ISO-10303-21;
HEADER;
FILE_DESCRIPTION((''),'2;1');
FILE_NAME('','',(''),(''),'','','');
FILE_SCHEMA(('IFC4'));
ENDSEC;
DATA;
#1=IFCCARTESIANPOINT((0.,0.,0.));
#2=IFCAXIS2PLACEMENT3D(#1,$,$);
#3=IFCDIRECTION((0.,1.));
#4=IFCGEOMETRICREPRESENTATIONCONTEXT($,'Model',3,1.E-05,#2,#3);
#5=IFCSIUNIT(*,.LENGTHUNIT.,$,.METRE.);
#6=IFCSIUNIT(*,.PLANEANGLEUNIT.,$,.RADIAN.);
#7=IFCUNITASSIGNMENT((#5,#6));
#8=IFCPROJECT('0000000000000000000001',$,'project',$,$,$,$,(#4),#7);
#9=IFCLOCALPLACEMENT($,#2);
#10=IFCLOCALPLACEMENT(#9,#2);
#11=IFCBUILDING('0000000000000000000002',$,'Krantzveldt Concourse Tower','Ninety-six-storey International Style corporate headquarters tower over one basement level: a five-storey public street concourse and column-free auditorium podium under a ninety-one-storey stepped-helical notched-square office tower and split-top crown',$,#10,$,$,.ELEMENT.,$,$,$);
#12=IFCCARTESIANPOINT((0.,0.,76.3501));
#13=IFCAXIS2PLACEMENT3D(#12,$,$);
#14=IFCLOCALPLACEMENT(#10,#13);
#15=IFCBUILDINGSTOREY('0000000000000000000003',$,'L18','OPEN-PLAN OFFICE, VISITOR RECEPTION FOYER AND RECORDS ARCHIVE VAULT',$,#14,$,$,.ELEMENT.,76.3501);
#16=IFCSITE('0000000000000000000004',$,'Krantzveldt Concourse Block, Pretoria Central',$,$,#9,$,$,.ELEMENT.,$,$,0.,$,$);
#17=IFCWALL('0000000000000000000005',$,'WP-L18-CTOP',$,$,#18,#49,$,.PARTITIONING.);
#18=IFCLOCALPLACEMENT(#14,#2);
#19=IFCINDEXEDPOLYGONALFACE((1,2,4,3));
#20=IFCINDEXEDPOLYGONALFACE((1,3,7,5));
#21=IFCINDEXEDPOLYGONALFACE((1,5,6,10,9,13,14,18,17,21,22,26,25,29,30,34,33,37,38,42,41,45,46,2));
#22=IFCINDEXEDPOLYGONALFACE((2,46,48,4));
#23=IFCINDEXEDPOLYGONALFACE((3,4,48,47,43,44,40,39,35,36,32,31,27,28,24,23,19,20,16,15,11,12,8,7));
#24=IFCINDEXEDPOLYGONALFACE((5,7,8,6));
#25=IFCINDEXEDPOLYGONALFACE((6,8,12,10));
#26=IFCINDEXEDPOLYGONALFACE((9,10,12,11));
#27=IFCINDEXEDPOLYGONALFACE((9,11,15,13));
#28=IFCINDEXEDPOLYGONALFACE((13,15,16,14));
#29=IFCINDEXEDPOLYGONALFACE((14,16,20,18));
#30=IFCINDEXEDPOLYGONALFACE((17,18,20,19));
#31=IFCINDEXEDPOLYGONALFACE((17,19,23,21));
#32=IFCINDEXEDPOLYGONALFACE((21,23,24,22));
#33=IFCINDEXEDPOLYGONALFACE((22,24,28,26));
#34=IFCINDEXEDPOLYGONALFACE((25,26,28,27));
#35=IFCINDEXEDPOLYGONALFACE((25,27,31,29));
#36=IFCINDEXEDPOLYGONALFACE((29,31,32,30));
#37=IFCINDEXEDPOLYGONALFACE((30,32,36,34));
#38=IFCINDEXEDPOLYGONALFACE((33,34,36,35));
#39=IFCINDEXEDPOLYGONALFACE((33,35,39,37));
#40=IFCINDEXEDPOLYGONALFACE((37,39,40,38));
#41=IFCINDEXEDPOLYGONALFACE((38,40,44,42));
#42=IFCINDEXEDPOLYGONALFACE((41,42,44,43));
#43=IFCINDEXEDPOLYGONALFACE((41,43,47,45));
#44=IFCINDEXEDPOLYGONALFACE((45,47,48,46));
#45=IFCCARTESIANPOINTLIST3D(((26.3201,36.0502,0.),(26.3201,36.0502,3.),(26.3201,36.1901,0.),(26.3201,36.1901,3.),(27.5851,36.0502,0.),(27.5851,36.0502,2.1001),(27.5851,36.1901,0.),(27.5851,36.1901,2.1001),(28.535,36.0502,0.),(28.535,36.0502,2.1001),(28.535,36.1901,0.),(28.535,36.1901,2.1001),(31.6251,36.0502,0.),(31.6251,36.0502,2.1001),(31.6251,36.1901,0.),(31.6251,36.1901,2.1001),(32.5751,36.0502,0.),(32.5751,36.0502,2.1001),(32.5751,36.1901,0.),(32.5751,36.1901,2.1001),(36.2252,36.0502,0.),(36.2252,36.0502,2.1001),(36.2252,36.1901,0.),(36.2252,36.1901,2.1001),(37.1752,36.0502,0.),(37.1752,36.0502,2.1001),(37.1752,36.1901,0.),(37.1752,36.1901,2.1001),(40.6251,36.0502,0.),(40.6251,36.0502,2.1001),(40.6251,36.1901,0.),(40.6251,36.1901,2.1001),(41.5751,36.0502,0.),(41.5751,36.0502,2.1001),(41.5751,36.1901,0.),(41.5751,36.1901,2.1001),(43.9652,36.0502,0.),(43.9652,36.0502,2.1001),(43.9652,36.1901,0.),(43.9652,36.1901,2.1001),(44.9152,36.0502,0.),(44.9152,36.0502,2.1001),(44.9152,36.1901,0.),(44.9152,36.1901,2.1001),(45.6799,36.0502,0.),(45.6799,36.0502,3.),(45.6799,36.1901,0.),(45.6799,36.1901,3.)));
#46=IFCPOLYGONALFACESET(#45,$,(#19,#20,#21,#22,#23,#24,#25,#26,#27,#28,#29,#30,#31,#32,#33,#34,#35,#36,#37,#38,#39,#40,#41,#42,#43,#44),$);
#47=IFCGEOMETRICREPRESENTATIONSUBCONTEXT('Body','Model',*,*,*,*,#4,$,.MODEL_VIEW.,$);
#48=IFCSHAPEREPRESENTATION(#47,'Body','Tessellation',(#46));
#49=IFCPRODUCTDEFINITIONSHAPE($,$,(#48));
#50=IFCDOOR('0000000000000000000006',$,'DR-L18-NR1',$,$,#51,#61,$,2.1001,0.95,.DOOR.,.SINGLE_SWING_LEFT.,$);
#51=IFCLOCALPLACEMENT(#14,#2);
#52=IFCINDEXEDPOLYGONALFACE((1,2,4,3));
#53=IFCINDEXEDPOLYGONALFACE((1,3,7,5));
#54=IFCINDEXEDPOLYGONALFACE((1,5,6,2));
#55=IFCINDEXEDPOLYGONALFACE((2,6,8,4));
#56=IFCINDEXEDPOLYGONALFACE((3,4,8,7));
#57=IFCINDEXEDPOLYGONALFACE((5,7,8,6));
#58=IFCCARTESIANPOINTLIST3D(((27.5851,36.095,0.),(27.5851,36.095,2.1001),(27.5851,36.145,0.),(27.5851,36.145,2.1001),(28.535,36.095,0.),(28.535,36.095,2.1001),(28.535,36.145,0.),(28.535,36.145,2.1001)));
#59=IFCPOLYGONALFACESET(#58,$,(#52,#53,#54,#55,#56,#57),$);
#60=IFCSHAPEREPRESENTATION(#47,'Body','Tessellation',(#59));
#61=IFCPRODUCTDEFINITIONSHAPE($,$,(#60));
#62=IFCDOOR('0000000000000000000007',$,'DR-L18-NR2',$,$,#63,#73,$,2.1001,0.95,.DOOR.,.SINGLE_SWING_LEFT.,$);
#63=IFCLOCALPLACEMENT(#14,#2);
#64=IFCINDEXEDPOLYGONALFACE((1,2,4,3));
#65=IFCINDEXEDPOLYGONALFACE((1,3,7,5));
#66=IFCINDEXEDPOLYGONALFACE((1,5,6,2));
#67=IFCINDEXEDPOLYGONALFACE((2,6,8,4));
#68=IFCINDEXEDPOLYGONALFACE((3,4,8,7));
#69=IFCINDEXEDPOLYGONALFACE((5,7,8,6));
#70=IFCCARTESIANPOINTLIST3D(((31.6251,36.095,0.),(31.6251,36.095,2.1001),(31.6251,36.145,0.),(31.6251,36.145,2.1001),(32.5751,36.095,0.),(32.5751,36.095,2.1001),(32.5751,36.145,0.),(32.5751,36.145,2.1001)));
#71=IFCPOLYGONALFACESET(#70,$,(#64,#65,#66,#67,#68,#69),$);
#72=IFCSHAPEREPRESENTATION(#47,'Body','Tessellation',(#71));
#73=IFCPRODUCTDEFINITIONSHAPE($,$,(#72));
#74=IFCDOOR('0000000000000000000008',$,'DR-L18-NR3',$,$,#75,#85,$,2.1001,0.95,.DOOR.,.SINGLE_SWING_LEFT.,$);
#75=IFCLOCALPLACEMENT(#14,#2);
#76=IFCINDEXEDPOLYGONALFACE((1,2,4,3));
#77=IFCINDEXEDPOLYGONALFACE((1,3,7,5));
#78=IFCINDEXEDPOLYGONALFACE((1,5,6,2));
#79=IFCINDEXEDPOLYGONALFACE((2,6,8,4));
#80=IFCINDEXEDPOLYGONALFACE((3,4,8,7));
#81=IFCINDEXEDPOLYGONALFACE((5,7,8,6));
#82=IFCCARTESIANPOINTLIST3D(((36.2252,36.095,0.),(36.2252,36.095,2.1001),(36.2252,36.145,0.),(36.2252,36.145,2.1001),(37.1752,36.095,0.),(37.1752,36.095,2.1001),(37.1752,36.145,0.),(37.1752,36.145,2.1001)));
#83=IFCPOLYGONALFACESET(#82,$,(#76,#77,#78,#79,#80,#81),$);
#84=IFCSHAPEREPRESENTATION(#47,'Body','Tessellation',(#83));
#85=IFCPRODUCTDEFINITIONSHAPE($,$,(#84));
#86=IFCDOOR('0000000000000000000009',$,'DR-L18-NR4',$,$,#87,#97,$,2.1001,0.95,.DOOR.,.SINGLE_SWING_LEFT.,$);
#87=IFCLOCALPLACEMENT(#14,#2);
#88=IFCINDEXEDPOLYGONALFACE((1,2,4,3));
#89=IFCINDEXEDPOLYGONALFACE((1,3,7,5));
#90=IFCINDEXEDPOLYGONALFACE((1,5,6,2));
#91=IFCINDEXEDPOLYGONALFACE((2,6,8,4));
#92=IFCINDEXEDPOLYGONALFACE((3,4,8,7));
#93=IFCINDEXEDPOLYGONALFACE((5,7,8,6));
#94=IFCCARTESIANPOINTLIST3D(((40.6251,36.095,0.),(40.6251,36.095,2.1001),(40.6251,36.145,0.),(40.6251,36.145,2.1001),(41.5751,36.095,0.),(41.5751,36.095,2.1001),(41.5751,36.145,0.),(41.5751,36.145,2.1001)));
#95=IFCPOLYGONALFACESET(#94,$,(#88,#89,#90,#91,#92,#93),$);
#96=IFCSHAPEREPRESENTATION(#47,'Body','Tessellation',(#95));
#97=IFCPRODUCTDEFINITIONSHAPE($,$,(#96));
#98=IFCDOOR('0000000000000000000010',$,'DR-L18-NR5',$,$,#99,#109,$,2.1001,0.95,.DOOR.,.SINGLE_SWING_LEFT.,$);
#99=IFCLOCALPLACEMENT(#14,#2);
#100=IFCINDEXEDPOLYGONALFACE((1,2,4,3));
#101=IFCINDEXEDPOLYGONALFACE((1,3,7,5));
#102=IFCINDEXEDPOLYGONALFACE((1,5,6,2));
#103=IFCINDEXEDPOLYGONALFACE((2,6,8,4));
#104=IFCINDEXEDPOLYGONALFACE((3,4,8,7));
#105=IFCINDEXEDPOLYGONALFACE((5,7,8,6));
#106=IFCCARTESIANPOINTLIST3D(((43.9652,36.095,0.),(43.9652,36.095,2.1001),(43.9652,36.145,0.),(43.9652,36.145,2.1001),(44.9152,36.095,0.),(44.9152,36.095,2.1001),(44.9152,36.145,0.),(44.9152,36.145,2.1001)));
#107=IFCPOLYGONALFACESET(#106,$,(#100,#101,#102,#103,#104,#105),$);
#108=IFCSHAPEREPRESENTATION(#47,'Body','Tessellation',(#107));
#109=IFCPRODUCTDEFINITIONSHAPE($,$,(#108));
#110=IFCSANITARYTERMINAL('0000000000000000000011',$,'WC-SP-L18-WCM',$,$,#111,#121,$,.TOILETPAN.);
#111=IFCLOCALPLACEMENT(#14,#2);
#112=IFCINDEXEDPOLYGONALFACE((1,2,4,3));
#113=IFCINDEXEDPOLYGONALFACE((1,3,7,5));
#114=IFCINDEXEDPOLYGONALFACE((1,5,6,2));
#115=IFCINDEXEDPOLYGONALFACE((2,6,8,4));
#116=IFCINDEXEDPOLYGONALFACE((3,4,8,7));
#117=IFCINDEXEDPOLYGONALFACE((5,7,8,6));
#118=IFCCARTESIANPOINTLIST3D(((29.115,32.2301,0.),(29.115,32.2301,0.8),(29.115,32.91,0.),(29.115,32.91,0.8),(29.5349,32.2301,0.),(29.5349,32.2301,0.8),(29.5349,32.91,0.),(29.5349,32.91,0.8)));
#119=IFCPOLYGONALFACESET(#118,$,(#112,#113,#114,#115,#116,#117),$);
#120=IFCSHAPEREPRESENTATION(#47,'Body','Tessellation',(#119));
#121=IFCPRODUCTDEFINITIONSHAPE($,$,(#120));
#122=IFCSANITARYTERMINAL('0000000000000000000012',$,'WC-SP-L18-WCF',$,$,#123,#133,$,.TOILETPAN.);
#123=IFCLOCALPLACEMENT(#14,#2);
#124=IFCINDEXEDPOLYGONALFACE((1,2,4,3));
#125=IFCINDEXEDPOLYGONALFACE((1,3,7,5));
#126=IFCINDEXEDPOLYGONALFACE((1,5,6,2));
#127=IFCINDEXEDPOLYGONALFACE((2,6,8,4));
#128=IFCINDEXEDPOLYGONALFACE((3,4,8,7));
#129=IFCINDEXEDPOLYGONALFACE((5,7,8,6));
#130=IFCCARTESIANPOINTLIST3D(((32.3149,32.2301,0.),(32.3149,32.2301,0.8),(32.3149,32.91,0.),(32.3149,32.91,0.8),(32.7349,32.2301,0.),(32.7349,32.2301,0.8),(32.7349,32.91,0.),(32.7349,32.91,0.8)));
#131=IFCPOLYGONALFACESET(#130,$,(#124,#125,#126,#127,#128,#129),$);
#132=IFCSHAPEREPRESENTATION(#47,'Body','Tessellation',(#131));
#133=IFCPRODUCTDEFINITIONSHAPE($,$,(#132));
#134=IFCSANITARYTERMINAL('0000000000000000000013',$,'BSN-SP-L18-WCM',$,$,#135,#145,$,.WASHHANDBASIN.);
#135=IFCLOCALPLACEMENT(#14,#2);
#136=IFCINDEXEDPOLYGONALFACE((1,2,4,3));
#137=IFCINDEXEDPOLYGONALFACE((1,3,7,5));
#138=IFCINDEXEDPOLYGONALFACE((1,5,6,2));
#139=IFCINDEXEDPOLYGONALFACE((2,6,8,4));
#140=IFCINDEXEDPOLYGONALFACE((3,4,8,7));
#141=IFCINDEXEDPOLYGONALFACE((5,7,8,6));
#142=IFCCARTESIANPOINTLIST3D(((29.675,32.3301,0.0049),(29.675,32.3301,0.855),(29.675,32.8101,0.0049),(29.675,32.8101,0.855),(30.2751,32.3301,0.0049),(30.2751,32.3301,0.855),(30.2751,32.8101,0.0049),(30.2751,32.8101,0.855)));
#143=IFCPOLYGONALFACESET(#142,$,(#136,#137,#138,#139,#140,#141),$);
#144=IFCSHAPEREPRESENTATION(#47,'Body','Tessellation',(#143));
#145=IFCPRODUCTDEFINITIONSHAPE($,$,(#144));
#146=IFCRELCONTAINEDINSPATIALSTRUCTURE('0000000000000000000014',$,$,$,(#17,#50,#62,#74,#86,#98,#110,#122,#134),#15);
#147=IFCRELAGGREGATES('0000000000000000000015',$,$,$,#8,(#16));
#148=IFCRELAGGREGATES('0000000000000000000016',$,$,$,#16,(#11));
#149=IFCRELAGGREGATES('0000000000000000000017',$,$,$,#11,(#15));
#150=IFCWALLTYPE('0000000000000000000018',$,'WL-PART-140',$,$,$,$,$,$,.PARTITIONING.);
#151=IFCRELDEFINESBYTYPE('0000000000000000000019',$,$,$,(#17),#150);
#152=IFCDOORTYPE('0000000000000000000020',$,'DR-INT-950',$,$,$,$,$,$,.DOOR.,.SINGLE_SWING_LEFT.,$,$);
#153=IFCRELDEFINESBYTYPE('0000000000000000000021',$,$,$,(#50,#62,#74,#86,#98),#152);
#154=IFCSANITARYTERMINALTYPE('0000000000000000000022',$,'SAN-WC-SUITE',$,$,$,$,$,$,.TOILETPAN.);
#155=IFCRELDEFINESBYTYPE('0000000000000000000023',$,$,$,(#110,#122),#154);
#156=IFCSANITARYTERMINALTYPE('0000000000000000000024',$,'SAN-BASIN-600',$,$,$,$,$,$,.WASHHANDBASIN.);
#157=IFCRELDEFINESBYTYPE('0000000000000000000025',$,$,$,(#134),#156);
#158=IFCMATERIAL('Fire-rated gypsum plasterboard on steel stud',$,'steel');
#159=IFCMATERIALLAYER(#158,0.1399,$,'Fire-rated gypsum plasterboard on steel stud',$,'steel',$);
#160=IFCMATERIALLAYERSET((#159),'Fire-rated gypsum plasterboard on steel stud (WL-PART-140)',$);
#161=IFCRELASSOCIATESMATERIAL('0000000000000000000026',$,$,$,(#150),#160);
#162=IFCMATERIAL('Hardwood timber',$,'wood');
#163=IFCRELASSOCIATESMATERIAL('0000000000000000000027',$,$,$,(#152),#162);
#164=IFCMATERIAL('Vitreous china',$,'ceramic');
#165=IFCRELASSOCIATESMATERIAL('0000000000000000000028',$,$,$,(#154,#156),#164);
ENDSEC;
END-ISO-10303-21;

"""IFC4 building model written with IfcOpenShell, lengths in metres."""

from ifc_helpers import new_model, si_unit, direction, frame, frame_2d, origin, origin_2d, place, context, subcontext, project, spatial, rectangle, extrude, source, transform, mapped, material, layer, layer_set, type_object, type_shapes, element, fill, save


model = new_model("IFC4")

# Units and contexts
model_context = context("Model", 3, precision=1e-05, world=origin(), true_north=direction((0.0, 1.0)))
body_context = subcontext(model_context, "Body", "Model", "MODEL_VIEW")
ifc_project = project(units=[si_unit("LENGTHUNIT", "METRE"), si_unit("PLANEANGLEUNIT", "RADIAN")], contexts=[model_context])

# Site, building, storey
site_placement = place(None, origin())
site = spatial("IfcSite", under=ifc_project, at=site_placement, Name="Krantzveldt Concourse Block, Pretoria Central", CompositionType="ELEMENT", RefElevation=0.0)
building_placement = place(site_placement, origin())
building = spatial("IfcBuilding", under=site, at=building_placement, Name="Krantzveldt Concourse Tower", Description="Ninety-six-storey International Style corporate headquarters tower over one basement level: a five-storey public street concourse and column-free auditorium podium under a ninety-one-storey stepped-helical notched-square office tower and split-top crown", CompositionType="ELEMENT")
storey_placement = place(building_placement, frame((0.0, 0.0, 76.3501)))
storey = spatial("IfcBuildingStorey", under=building, at=storey_placement, Name="L18", Description="OPEN-PLAN OFFICE, VISITOR RECEPTION FOYER AND RECORDS ARCHIVE VAULT", CompositionType="ELEMENT", Elevation=76.3501)

# Shared definitions
ifc_material_1 = material(Name="Fire-rated gypsum plasterboard on steel stud", Category="steel")

# Wall, openings, doors
ifc_layer_1 = layer(ifc_material_1, 0.1399, Name="Fire-rated gypsum plasterboard on steel stud", Category="steel")
ifc_layer_set_1 = layer_set([ifc_layer_1], Name="Fire-rated gypsum plasterboard on steel stud (WL-PART-140)")
wall_type_1 = type_object("IfcWallType", Name="WL-PART-140", PredefinedType="PARTITIONING", material=ifc_layer_set_1)
ifc_material_2 = material(Name="Hardwood timber", Category="wood")
door_type_1 = type_object("IfcDoorType", Name="DR-INT-950", OperationType="SINGLE_SWING_LEFT", PredefinedType="DOOR", material=ifc_material_2)
wall_1_placement = place(storey_placement, frame((26.3201, 36.1201, 0.0), z_axis=(0.0, 0.0, 1.0), x_axis=(1.0, 0.0, 0.0)))
wall_1 = element("IfcWall", 1, at=wall_1_placement, inside=storey, type_object=wall_type_1, Name="WP-L18-CTOP", PredefinedType="PARTITIONING", context=body_context, shape_type="SweptSolid", body=[
    extrude(rectangle(XDim=19.3599, YDim=0.1399, at=frame_2d((9.6799, 0.0))), origin(), (0.0, 0.0, 1.0), 3.0),
])
opening_1_placement = place(wall_1_placement, frame((1.2649, 0.0, 0.0)))
opening_1 = element("IfcOpeningElement", 2, at=opening_1_placement, cuts=wall_1, PredefinedType="OPENING", context=body_context, shape_type="SweptSolid", body=[
    extrude(rectangle(XDim=0.95, YDim=2.1001, at=frame_2d((0.4751, 1.05))), frame((0.0, 0.0801, 0.0), z_axis=(0.0, -1.0, 0.0), x_axis=(1.0, 0.0, 0.0)), (0.0, 0.0, 1.0), 0.1599),
])
opening_2_placement = place(wall_1_placement, frame((5.3049, 0.0, 0.0)))
opening_2 = element("IfcOpeningElement", 3, at=opening_2_placement, cuts=wall_1, PredefinedType="OPENING", context=body_context, shape_type="SweptSolid", body=[
    extrude(rectangle(XDim=0.95, YDim=2.1001, at=frame_2d((0.4751, 1.05))), frame((0.0, 0.0801, 0.0), z_axis=(0.0, -1.0, 0.0), x_axis=(1.0, 0.0, 0.0)), (0.0, 0.0, 1.0), 0.1599),
])
opening_3_placement = place(wall_1_placement, frame((9.905, 0.0, 0.0)))
opening_3 = element("IfcOpeningElement", 4, at=opening_3_placement, cuts=wall_1, PredefinedType="OPENING", context=body_context, shape_type="SweptSolid", body=[
    extrude(rectangle(XDim=0.95, YDim=2.1001, at=frame_2d((0.4751, 1.05))), frame((0.0, 0.0801, 0.0), z_axis=(0.0, -1.0, 0.0), x_axis=(1.0, 0.0, 0.0)), (0.0, 0.0, 1.0), 0.1599),
])
opening_4_placement = place(wall_1_placement, frame((14.3049, 0.0, 0.0)))
opening_4 = element("IfcOpeningElement", 5, at=opening_4_placement, cuts=wall_1, PredefinedType="OPENING", context=body_context, shape_type="SweptSolid", body=[
    extrude(rectangle(XDim=0.95, YDim=2.1001, at=frame_2d((0.4751, 1.05))), frame((0.0, 0.0801, 0.0), z_axis=(0.0, -1.0, 0.0), x_axis=(1.0, 0.0, 0.0)), (0.0, 0.0, 1.0), 0.1599),
])
opening_5_placement = place(wall_1_placement, frame((17.645, 0.0, 0.0)))
opening_5 = element("IfcOpeningElement", 6, at=opening_5_placement, cuts=wall_1, PredefinedType="OPENING", context=body_context, shape_type="SweptSolid", body=[
    extrude(rectangle(XDim=0.95, YDim=2.1001, at=frame_2d((0.4751, 1.05))), frame((0.0, 0.0801, 0.0), z_axis=(0.0, -1.0, 0.0), x_axis=(1.0, 0.0, 0.0)), (0.0, 0.0, 1.0), 0.1599),
])
door_1_placement = place(opening_1_placement, origin())
door_1 = element("IfcDoor", 7, at=door_1_placement, inside=storey, type_object=door_type_1, Name="DR-L18-NR1", OperationType="SINGLE_SWING_LEFT", OverallHeight=2.1001, OverallWidth=0.95, PredefinedType="DOOR", context=body_context, shape_type="SweptSolid", body=[
    extrude(rectangle(XDim=0.95, YDim=2.1001, at=frame_2d((0.4751, 1.05))), frame((0.0, 0.0249, 0.0), z_axis=(0.0, -1.0, 0.0), x_axis=(1.0, 0.0, 0.0)), (0.0, 0.0, 1.0), 0.05),
])
fill(opening_1, door_1)
door_2_placement = place(opening_2_placement, origin())
door_2 = element("IfcDoor", 8, at=door_2_placement, inside=storey, type_object=door_type_1, Name="DR-L18-NR2", OperationType="SINGLE_SWING_LEFT", OverallHeight=2.1001, OverallWidth=0.95, PredefinedType="DOOR", context=body_context, shape_type="SweptSolid", body=[
    extrude(rectangle(XDim=0.95, YDim=2.1001, at=frame_2d((0.4751, 1.05))), frame((0.0, 0.0249, 0.0), z_axis=(0.0, -1.0, 0.0), x_axis=(1.0, 0.0, 0.0)), (0.0, 0.0, 1.0), 0.05),
])
fill(opening_2, door_2)
door_3_placement = place(opening_3_placement, origin())
door_3 = element("IfcDoor", 9, at=door_3_placement, inside=storey, type_object=door_type_1, Name="DR-L18-NR3", OperationType="SINGLE_SWING_LEFT", OverallHeight=2.1001, OverallWidth=0.95, PredefinedType="DOOR", context=body_context, shape_type="SweptSolid", body=[
    extrude(rectangle(XDim=0.95, YDim=2.1001, at=frame_2d((0.4751, 1.05))), frame((0.0, 0.0249, 0.0), z_axis=(0.0, -1.0, 0.0), x_axis=(1.0, 0.0, 0.0)), (0.0, 0.0, 1.0), 0.05),
])
fill(opening_3, door_3)
door_4_placement = place(opening_4_placement, origin())
door_4 = element("IfcDoor", 10, at=door_4_placement, inside=storey, type_object=door_type_1, Name="DR-L18-NR4", OperationType="SINGLE_SWING_LEFT", OverallHeight=2.1001, OverallWidth=0.95, PredefinedType="DOOR", context=body_context, shape_type="SweptSolid", body=[
    extrude(rectangle(XDim=0.95, YDim=2.1001, at=frame_2d((0.4751, 1.05))), frame((0.0, 0.0249, 0.0), z_axis=(0.0, -1.0, 0.0), x_axis=(1.0, 0.0, 0.0)), (0.0, 0.0, 1.0), 0.05),
])
fill(opening_4, door_4)
door_5_placement = place(opening_5_placement, origin())
door_5 = element("IfcDoor", 11, at=door_5_placement, inside=storey, type_object=door_type_1, Name="DR-L18-NR5", OperationType="SINGLE_SWING_LEFT", OverallHeight=2.1001, OverallWidth=0.95, PredefinedType="DOOR", context=body_context, shape_type="SweptSolid", body=[
    extrude(rectangle(XDim=0.95, YDim=2.1001, at=frame_2d((0.4751, 1.05))), frame((0.0, 0.0249, 0.0), z_axis=(0.0, -1.0, 0.0), x_axis=(1.0, 0.0, 0.0)), (0.0, 0.0, 1.0), 0.05),
])
fill(opening_5, door_5)

# Sanitary terminals
ifc_material_3 = material(Name="Vitreous china", Category="ceramic")
sanitary_terminal_type_1 = type_object("IfcSanitaryTerminalType", Name="SAN-WC-SUITE", PredefinedType="TOILETPAN", material=ifc_material_3)
shared_shape_1 = source(origin(), body_context, "Body", "SweptSolid", [
    extrude(rectangle(XDim=0.4199, YDim=0.6799, at=origin_2d()), origin(), (0.0, 0.0, 1.0), 0.8),
])
type_shapes(sanitary_terminal_type_1, [shared_shape_1])
for number, where, z_axis, x_axis, name in (
    (12, (29.325, 32.5701, 0.0), (0.0, 0.0, 1.0), (1.0, 0.0, 0.0), "WC-SP-L18-WCM"),
    (13, (32.5249, 32.5701, 0.0), (0.0, 0.0, 1.0), (1.0, 0.0, 0.0), "WC-SP-L18-WCF"),
):
    element("IfcSanitaryTerminal", number, at=place(storey_placement, frame(where, z_axis=z_axis, x_axis=x_axis)), inside=storey, type_object=sanitary_terminal_type_1, Name=name, PredefinedType="TOILETPAN", context=body_context, shape_type="MappedRepresentation", body=[
        mapped(shared_shape_1, transform((0.0, 0.0, 0.0), x_axis=(1.0, 0.0, 0.0), y_axis=(0.0, 1.0, 0.0), z_axis=(0.0, 0.0, 1.0), scale=1.0)),
    ])
sanitary_terminal_type_2 = type_object("IfcSanitaryTerminalType", Name="SAN-BASIN-600", PredefinedType="WASHHANDBASIN", material=ifc_material_3)
shared_shape_2 = source(origin(), body_context, "Body", "SweptSolid", [
    extrude(rectangle(XDim=0.6001, YDim=0.48, at=origin_2d()), origin(), (0.0, 0.0, 1.0), 0.8501),
])
type_shapes(sanitary_terminal_type_2, [shared_shape_2])
sanitary_terminal_placement = place(storey_placement, frame((29.9751, 32.5701, 0.0049), z_axis=(0.0, 0.0, 1.0), x_axis=(1.0, 0.0, 0.0)))
element("IfcSanitaryTerminal", 14, at=sanitary_terminal_placement, inside=storey, type_object=sanitary_terminal_type_2, Name="BSN-SP-L18-WCM", PredefinedType="WASHHANDBASIN", context=body_context, shape_type="MappedRepresentation", body=[
    mapped(shared_shape_2, transform((0.0, 0.0, 0.0), x_axis=(1.0, 0.0, 0.0), y_axis=(0.0, 1.0, 0.0), z_axis=(0.0, 0.0, 1.0), scale=1.0)),
])

save(model, "model.ifc")
